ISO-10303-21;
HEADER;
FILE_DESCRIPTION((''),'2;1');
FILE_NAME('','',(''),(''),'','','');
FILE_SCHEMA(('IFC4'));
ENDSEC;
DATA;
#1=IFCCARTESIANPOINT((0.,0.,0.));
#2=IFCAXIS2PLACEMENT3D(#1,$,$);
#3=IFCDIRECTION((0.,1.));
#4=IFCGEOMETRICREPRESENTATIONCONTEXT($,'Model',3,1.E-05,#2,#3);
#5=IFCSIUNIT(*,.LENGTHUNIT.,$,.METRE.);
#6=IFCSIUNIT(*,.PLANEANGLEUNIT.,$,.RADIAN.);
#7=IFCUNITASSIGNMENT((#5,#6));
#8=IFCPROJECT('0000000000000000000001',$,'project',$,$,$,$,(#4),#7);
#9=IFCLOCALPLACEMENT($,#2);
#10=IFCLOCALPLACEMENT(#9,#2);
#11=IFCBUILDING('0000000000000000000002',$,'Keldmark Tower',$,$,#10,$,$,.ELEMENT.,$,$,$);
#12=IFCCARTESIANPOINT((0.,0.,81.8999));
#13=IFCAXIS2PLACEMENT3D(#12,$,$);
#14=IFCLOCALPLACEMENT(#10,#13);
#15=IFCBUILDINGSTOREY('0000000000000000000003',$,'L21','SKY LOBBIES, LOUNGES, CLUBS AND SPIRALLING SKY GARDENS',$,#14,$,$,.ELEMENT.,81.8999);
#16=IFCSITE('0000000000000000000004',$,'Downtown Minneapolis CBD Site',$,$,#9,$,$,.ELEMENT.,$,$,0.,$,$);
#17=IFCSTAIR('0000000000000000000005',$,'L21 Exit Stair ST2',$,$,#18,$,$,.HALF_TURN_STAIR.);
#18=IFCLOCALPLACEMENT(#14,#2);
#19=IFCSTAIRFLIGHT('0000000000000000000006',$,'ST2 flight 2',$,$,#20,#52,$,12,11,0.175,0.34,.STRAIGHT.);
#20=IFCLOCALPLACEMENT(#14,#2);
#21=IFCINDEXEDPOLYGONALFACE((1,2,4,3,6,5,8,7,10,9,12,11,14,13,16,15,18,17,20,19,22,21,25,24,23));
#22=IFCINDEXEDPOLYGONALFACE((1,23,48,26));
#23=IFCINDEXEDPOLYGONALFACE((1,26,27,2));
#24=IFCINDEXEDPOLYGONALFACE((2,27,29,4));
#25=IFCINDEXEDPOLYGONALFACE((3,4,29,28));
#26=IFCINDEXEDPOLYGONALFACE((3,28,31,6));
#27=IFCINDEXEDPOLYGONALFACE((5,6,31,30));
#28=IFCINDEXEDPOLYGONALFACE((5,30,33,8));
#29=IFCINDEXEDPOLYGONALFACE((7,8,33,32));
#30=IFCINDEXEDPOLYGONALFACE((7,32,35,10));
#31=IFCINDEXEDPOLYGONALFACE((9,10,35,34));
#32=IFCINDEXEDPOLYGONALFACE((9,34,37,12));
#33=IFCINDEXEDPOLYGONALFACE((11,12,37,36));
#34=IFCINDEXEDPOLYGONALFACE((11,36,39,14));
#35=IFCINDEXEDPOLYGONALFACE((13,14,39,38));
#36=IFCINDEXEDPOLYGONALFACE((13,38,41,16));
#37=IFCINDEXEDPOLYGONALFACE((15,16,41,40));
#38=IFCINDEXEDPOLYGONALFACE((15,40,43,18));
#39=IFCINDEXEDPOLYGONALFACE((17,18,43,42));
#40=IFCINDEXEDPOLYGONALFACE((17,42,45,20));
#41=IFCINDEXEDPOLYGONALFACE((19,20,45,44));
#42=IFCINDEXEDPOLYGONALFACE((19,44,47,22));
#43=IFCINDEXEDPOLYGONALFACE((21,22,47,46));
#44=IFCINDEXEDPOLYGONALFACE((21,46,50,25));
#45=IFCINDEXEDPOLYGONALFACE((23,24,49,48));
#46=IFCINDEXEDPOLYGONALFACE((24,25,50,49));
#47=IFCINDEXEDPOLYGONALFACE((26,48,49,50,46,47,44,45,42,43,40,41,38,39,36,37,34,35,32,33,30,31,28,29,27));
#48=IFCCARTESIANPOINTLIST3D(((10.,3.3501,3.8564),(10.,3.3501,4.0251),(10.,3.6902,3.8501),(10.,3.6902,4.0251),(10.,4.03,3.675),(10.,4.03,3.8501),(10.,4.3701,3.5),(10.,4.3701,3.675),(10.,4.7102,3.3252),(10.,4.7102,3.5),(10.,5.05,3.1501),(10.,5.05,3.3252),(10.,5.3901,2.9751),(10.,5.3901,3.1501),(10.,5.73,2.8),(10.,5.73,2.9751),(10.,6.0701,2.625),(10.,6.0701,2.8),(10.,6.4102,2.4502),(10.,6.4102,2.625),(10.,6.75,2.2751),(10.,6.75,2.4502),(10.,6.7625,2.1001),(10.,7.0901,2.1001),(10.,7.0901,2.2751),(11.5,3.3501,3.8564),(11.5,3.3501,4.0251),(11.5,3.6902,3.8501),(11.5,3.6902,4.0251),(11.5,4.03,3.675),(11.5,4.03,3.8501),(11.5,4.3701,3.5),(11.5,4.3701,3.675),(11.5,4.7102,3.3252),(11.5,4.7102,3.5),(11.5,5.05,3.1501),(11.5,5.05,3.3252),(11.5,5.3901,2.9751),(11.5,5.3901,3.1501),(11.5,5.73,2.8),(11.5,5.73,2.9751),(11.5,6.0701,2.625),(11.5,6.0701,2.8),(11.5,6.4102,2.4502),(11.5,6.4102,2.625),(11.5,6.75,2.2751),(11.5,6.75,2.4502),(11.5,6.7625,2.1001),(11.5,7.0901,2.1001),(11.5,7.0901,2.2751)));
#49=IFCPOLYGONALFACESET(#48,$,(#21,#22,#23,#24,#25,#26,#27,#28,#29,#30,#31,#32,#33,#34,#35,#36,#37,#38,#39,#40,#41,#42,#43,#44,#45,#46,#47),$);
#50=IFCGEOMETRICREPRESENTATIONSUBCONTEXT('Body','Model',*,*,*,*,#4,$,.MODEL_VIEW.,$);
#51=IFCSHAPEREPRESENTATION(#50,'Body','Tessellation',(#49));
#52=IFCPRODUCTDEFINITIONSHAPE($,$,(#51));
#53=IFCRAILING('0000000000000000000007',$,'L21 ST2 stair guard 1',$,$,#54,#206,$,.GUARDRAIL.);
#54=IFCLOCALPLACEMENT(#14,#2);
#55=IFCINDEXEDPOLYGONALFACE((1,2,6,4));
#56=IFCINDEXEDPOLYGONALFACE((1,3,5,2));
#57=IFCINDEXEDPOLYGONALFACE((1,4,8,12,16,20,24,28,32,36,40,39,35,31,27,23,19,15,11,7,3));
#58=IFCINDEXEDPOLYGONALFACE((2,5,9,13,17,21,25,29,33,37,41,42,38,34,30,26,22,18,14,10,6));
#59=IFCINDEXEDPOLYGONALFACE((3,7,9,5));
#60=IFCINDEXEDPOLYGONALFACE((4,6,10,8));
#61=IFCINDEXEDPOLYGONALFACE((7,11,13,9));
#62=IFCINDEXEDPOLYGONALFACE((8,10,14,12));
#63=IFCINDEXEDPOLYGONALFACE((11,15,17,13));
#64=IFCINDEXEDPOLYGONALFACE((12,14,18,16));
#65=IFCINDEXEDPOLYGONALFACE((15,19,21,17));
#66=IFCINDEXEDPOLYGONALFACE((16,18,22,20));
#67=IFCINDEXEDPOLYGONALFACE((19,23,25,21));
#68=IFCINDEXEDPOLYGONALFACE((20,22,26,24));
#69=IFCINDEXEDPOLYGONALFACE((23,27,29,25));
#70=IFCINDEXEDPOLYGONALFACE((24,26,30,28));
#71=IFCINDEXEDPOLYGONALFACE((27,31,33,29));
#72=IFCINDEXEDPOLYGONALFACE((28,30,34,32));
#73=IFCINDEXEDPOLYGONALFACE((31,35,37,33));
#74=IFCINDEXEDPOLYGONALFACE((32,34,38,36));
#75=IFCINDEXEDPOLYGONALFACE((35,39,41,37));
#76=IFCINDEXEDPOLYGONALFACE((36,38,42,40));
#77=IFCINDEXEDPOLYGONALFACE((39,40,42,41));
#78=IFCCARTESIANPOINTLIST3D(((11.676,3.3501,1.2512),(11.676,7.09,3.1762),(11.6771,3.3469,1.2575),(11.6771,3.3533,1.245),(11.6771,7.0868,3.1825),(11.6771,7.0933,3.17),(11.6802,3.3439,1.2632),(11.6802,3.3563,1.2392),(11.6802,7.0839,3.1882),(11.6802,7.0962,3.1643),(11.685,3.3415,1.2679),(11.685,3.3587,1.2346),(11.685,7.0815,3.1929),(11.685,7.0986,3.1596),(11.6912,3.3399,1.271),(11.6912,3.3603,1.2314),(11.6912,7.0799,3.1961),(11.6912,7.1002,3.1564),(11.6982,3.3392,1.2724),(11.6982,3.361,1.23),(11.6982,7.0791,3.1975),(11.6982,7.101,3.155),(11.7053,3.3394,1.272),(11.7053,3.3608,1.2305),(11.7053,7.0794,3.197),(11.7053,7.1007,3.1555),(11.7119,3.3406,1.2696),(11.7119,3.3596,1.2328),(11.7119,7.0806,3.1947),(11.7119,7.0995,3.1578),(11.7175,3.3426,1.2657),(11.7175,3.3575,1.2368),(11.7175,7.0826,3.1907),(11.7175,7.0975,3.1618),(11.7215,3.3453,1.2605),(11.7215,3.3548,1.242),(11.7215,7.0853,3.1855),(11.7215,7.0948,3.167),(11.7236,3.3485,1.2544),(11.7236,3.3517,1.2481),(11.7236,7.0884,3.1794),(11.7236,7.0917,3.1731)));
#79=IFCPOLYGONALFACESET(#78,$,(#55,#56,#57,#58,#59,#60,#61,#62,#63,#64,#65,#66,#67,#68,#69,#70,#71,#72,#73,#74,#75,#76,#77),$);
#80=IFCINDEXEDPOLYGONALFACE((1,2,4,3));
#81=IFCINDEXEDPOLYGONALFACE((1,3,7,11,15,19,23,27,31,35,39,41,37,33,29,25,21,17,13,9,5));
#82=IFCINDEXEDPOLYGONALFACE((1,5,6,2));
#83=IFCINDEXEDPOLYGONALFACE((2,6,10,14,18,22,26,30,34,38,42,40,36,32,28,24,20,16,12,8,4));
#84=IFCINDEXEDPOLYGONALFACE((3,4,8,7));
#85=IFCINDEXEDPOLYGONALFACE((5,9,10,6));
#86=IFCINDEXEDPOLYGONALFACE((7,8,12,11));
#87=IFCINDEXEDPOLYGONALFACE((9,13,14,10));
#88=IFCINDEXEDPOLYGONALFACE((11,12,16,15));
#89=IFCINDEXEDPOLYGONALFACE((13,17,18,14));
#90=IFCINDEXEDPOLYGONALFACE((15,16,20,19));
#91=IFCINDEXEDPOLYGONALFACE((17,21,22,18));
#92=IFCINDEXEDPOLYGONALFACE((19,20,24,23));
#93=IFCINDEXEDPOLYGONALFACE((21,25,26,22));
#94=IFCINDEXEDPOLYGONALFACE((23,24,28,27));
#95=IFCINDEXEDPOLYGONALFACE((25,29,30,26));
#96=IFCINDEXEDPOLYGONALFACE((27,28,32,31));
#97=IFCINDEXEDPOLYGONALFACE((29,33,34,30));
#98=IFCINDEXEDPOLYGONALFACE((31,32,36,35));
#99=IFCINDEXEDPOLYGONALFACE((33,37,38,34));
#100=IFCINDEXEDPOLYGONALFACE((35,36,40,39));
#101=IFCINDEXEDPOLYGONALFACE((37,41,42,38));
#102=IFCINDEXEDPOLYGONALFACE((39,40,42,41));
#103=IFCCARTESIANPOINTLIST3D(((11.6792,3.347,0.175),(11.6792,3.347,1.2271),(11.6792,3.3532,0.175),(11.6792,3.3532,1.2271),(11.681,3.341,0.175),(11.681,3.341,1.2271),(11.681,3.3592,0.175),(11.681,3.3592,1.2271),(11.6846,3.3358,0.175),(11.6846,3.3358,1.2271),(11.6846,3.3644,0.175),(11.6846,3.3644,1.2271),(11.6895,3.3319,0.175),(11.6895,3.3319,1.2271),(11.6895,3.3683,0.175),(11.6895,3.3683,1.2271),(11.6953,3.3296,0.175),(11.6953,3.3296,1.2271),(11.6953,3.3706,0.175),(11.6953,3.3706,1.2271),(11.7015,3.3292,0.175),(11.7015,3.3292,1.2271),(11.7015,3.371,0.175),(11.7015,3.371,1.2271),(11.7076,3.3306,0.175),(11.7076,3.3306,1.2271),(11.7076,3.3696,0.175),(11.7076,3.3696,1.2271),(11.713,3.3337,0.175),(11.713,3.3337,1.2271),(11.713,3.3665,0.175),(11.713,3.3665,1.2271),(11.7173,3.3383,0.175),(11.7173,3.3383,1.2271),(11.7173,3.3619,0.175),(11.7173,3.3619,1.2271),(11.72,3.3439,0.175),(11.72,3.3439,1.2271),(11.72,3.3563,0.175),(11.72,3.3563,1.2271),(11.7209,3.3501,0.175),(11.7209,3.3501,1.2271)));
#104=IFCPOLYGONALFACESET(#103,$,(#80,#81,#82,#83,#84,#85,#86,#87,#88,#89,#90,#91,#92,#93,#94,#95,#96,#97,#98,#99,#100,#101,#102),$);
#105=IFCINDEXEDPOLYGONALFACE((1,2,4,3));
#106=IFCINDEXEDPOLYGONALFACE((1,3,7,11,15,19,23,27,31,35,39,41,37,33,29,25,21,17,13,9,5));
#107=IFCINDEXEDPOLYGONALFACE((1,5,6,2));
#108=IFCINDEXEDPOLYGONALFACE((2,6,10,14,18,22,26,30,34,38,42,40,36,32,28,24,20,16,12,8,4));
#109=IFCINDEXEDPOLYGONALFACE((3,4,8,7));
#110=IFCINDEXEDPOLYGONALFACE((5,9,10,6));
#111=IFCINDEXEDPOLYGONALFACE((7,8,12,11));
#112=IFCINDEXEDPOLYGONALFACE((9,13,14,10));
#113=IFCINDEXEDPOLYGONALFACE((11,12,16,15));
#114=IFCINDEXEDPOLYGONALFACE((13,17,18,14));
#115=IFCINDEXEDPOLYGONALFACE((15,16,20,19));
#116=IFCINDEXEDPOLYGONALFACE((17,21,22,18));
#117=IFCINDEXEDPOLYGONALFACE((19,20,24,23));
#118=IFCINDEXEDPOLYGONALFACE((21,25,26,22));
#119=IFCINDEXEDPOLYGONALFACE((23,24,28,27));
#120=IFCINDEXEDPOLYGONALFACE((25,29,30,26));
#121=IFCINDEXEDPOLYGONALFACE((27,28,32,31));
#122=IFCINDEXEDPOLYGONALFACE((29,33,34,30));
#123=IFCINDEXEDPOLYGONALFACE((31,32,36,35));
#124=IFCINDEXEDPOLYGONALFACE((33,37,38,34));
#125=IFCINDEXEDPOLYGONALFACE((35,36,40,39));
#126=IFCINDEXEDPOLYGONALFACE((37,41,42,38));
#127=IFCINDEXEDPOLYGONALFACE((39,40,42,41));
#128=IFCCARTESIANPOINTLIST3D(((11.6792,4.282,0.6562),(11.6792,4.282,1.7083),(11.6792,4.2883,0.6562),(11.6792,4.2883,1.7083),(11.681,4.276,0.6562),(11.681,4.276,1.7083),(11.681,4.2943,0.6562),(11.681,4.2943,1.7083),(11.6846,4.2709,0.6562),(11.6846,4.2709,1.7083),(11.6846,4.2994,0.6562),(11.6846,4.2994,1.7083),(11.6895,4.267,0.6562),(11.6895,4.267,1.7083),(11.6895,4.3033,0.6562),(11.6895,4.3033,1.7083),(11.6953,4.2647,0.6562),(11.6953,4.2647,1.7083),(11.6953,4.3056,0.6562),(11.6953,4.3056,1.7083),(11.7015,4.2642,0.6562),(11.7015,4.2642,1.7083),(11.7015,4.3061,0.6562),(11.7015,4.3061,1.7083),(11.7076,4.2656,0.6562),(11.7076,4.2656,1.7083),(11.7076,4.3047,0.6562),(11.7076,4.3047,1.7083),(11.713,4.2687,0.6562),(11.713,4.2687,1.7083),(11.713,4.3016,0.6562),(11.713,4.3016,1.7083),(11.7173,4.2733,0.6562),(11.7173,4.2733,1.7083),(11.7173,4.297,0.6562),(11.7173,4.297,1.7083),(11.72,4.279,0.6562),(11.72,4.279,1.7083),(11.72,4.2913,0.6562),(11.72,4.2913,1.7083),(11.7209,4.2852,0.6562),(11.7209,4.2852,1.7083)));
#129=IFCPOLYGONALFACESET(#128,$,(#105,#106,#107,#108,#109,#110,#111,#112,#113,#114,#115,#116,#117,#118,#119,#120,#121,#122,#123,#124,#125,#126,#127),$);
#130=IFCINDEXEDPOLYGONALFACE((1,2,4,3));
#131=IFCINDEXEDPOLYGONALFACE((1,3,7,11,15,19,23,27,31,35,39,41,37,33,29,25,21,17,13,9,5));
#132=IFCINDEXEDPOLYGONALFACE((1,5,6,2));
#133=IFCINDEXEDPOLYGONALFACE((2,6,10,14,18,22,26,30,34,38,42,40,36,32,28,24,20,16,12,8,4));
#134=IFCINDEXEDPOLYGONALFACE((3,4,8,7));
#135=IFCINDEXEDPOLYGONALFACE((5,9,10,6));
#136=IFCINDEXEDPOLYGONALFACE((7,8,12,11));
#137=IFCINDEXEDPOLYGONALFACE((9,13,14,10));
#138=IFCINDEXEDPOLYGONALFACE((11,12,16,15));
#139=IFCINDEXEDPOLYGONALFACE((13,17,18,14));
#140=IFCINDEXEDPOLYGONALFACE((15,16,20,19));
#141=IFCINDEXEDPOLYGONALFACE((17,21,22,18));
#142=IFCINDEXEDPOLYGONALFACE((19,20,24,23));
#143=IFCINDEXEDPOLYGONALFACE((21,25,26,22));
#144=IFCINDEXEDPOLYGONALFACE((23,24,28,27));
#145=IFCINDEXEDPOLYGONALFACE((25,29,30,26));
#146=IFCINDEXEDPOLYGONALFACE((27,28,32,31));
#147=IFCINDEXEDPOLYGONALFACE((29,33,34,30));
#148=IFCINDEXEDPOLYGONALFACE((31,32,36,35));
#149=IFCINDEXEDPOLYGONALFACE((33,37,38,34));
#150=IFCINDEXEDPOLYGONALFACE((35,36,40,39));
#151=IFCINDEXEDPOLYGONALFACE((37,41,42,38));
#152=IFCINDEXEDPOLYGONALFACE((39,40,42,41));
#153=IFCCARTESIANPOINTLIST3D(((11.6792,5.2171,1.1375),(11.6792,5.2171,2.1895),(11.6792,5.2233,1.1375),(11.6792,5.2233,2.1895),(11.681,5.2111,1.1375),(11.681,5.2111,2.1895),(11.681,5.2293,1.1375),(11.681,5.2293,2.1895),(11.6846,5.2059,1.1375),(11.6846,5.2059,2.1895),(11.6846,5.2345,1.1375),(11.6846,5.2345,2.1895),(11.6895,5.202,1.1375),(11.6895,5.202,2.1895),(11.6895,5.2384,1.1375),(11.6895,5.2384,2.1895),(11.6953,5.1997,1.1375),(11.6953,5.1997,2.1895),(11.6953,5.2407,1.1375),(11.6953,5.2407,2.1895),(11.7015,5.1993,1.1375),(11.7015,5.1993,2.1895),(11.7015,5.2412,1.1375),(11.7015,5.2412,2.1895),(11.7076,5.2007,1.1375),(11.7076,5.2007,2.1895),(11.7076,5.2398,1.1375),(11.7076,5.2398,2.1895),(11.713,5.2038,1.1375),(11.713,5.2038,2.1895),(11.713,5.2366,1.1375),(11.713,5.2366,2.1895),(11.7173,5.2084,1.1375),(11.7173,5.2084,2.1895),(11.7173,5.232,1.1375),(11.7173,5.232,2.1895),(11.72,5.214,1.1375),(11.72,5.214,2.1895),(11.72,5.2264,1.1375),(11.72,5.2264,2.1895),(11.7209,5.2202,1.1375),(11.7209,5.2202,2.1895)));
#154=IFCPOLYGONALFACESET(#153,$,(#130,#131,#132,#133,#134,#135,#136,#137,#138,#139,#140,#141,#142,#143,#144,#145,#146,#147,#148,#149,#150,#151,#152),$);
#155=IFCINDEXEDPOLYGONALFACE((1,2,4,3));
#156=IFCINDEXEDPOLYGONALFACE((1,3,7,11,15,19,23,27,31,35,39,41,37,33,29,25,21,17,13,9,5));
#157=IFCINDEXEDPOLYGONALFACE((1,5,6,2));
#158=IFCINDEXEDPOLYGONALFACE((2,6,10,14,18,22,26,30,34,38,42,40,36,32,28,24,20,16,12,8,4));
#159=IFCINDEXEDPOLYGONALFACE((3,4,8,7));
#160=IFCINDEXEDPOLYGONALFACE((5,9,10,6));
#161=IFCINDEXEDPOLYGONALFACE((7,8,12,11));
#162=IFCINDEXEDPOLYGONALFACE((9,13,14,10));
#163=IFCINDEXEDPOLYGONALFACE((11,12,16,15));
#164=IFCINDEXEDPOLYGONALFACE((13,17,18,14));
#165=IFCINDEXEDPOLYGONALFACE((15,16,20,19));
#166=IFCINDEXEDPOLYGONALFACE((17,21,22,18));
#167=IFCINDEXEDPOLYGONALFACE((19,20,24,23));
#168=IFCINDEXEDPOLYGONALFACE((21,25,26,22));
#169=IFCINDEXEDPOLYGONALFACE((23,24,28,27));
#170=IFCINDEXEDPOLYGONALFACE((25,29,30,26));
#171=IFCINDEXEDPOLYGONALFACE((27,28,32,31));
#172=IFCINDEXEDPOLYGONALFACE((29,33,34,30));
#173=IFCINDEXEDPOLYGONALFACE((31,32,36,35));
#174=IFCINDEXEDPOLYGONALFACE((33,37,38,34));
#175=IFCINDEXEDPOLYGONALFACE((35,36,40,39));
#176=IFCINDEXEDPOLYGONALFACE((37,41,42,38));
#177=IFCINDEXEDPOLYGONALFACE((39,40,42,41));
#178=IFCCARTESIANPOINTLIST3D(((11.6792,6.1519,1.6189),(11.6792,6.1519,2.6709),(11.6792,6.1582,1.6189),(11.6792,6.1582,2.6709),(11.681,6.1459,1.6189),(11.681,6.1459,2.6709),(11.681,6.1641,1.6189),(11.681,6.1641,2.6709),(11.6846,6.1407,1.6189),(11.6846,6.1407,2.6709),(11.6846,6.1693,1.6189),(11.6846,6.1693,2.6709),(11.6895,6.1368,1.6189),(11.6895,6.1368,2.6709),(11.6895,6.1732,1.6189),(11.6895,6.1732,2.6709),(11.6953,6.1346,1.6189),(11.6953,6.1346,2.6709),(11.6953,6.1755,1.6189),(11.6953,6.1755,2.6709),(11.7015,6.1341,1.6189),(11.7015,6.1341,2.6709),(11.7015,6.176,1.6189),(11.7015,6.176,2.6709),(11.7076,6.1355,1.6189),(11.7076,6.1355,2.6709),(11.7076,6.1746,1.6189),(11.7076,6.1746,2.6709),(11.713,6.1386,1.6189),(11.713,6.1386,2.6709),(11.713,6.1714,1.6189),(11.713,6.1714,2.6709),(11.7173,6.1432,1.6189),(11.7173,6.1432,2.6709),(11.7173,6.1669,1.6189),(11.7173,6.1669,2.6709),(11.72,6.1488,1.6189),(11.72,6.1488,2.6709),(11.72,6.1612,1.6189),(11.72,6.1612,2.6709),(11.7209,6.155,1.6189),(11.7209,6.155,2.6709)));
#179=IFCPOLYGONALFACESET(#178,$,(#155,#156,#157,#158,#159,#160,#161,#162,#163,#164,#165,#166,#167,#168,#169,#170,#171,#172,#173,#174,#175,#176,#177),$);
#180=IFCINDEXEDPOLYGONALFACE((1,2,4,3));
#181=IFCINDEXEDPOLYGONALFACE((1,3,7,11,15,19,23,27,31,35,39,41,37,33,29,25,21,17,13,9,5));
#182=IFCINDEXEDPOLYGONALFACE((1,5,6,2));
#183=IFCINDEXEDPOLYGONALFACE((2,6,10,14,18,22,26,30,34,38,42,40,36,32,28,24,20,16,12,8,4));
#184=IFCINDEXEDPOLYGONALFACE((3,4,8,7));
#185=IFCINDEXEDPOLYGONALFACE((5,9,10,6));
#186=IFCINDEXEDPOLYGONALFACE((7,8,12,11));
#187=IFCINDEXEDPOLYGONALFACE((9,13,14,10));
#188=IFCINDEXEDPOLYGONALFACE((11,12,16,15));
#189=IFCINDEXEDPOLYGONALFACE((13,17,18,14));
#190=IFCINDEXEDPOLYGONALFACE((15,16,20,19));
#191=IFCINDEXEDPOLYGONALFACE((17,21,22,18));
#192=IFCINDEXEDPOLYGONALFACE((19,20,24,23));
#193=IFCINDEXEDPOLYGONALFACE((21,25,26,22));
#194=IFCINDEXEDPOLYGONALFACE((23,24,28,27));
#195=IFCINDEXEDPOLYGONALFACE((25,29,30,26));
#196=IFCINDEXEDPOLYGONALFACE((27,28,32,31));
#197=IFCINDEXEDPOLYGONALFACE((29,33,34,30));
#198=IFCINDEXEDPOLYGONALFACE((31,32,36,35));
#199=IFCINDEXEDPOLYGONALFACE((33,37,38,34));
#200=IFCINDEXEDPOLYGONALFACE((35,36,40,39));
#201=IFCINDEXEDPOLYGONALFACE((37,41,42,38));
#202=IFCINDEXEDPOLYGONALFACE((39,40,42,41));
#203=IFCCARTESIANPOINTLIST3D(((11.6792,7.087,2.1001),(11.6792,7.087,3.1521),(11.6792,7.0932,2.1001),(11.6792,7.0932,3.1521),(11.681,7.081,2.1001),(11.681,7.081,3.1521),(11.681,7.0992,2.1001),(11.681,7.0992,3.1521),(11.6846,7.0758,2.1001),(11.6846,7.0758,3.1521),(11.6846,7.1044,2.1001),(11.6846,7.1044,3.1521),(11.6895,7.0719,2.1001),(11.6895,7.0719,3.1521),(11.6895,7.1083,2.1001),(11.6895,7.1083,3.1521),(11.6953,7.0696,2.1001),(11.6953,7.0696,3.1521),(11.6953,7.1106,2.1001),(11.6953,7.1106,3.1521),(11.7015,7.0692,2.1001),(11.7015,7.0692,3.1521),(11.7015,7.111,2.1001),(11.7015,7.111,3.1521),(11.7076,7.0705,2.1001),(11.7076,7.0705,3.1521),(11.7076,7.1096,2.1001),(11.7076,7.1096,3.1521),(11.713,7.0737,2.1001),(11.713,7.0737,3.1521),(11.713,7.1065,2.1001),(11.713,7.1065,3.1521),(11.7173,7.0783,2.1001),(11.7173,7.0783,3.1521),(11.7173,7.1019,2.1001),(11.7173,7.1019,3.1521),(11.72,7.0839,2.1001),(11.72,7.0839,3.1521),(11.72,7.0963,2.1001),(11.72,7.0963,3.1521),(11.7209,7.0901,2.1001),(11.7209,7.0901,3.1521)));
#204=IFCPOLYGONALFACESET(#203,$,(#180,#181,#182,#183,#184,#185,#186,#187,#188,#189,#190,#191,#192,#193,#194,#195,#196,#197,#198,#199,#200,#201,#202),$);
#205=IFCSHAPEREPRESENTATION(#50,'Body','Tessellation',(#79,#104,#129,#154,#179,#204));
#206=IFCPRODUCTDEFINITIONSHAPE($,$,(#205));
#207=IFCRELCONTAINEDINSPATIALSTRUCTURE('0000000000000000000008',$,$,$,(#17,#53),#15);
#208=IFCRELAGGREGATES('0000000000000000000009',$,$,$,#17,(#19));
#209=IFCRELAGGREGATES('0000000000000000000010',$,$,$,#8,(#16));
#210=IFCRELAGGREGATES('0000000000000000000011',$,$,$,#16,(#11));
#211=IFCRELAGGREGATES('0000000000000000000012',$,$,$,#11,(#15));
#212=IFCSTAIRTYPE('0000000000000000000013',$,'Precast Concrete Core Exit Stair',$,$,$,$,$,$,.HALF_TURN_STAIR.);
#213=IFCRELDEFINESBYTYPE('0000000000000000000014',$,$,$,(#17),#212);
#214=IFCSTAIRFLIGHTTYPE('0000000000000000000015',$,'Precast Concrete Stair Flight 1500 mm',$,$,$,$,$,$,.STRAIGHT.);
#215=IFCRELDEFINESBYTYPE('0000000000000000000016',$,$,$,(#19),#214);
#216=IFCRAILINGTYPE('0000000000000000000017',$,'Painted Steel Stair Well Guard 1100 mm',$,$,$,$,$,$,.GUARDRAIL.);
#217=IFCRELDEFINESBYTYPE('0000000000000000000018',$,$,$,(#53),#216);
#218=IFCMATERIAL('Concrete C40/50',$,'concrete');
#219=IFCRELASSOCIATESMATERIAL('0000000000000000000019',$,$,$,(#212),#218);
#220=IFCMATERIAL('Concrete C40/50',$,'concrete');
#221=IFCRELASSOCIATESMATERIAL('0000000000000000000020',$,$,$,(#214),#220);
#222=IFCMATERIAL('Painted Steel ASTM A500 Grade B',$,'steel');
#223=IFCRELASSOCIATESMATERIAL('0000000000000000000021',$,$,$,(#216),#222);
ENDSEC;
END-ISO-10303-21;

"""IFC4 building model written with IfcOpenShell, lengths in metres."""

from ifc_helpers import new_model, si_unit, direction, frame, origin, origin_2d, place, context, subcontext, project, spatial, polyline, circle, outline, extrude, material, type_object, element, aggregate, save


model = new_model("IFC4")

# Units and contexts
model_context = context("Model", 3, precision=1e-05, world=origin(), true_north=direction((0.0, 1.0)))
body_context = subcontext(model_context, "Body", "Model", "MODEL_VIEW")
ifc_project = project(units=[si_unit("LENGTHUNIT", "METRE"), si_unit("PLANEANGLEUNIT", "RADIAN")], contexts=[model_context])

# Site, building, storey
site_placement = place(None, origin())
site = spatial("IfcSite", under=ifc_project, at=site_placement, Name="Downtown Minneapolis CBD Site", CompositionType="ELEMENT", RefElevation=0.0)
building_placement = place(site_placement, origin())
building = spatial("IfcBuilding", under=site, at=building_placement, Name="Keldmark Tower", CompositionType="ELEMENT")
storey_placement = place(building_placement, frame((0.0, 0.0, 81.8999)))
storey = spatial("IfcBuildingStorey", under=building, at=storey_placement, Name="L21", Description="SKY LOBBIES, LOUNGES, CLUBS AND SPIRALLING SKY GARDENS", CompositionType="ELEMENT", Elevation=81.8999)

# Stair, stair flight
ifc_material_1 = material(Name="Concrete C40/50", Category="concrete")
stair_type = type_object("IfcStairType", Name="Precast Concrete Core Exit Stair", PredefinedType="HALF_TURN_STAIR", material=ifc_material_1)
stair_placement = place(storey_placement, origin())
stair = element("IfcStair", 1, at=stair_placement, inside=storey, type_object=stair_type, Name="L21 Exit Stair ST2", PredefinedType="HALF_TURN_STAIR")
ifc_material_2 = material(Name="Concrete C40/50", Category="concrete")
stair_flight_type = type_object("IfcStairFlightType", Name="Precast Concrete Stair Flight 1500 mm", PredefinedType="STRAIGHT", material=ifc_material_2)
stair_flight_1_placement = place(storey_placement, frame((10.75, 7.0901, 2.1001), z_axis=(0.0, 0.0, 1.0), x_axis=(0.0, -1.0, 0.0)))
stair_flight_1 = element("IfcStairFlight", 2, at=stair_flight_1_placement, type_object=stair_flight_type, Name="ST2 flight 2", NumberOfRisers=12, NumberOfTreads=11, PredefinedType="STRAIGHT", RiserHeight=0.175, TreadLength=0.34, context=body_context, shape_type="SweptSolid", body=[
    extrude(outline(polyline([(0.0, 0.0), (0.0, 0.175), (0.3401, 0.175), (0.3401, 0.3501), (0.6799, 0.3501), (0.6799, 0.5249), (1.02, 0.5249), (1.02, 0.7), (1.3601, 0.7), (1.3601, 0.875), (1.7, 0.875), (1.7, 1.05), (2.04, 1.05), (2.04, 1.2251), (2.3799, 1.2251), (2.3799, 1.3999), (2.72, 1.3999), (2.72, 1.575), (3.0601, 1.575), (3.0601, 1.75), (3.3999, 1.75), (3.3999, 1.925), (3.74, 1.925), (3.74, 2.1001), (3.74, 1.7563), (0.3276, 0.0), (0.0, 0.0)])), frame((0.0, 0.75, 0.0), z_axis=(0.0, -1.0, 0.0), x_axis=(1.0, 0.0, 0.0)), (0.0, 0.0, 1.0), 1.5),
])
aggregate(stair, [stair_flight_1])

# Railing
ifc_material_3 = material(Name="Painted Steel ASTM A500 Grade B", Category="steel")
railing_type_1 = type_object("IfcRailingType", Name="Painted Steel Stair Well Guard 1100 mm", PredefinedType="GUARDRAIL", material=ifc_material_3)
railing_1_placement = place(storey_placement, frame((11.7, 3.3501, 0.175)))
element("IfcRailing", 3, at=railing_1_placement, inside=storey, type_object=railing_type_1, Name="L21 ST2 stair guard 1", PredefinedType="GUARDRAIL", context=body_context, shape_type="SweptSolid", body=[
    extrude(circle(Radius=0.0239, at=origin_2d()), frame((0.0, 0.0, 1.0762), z_axis=(0.0, 0.889131, 0.457654), x_axis=(-1.0, 0.0, 0.0)), (0.0, 0.0, 1.0), 4.2063),
    extrude(circle(Radius=0.021, at=origin_2d()), origin(), (0.0, 0.0, 1.0), 1.052),
    extrude(circle(Radius=0.021, at=origin_2d()), frame((0.0, 0.9351, 0.4812)), (0.0, 0.0, 1.0), 1.052),
    extrude(circle(Radius=0.021, at=origin_2d()), frame((0.0, 1.8701, 0.9624)), (0.0, 0.0, 1.0), 1.052),
    extrude(circle(Radius=0.021, at=origin_2d()), frame((0.0, 2.8049, 1.4438)), (0.0, 0.0, 1.0), 1.052),
    extrude(circle(Radius=0.021, at=origin_2d()), frame((0.0, 3.74, 1.925)), (0.0, 0.0, 1.0), 1.052),
])

save(model, "model.ifc")
